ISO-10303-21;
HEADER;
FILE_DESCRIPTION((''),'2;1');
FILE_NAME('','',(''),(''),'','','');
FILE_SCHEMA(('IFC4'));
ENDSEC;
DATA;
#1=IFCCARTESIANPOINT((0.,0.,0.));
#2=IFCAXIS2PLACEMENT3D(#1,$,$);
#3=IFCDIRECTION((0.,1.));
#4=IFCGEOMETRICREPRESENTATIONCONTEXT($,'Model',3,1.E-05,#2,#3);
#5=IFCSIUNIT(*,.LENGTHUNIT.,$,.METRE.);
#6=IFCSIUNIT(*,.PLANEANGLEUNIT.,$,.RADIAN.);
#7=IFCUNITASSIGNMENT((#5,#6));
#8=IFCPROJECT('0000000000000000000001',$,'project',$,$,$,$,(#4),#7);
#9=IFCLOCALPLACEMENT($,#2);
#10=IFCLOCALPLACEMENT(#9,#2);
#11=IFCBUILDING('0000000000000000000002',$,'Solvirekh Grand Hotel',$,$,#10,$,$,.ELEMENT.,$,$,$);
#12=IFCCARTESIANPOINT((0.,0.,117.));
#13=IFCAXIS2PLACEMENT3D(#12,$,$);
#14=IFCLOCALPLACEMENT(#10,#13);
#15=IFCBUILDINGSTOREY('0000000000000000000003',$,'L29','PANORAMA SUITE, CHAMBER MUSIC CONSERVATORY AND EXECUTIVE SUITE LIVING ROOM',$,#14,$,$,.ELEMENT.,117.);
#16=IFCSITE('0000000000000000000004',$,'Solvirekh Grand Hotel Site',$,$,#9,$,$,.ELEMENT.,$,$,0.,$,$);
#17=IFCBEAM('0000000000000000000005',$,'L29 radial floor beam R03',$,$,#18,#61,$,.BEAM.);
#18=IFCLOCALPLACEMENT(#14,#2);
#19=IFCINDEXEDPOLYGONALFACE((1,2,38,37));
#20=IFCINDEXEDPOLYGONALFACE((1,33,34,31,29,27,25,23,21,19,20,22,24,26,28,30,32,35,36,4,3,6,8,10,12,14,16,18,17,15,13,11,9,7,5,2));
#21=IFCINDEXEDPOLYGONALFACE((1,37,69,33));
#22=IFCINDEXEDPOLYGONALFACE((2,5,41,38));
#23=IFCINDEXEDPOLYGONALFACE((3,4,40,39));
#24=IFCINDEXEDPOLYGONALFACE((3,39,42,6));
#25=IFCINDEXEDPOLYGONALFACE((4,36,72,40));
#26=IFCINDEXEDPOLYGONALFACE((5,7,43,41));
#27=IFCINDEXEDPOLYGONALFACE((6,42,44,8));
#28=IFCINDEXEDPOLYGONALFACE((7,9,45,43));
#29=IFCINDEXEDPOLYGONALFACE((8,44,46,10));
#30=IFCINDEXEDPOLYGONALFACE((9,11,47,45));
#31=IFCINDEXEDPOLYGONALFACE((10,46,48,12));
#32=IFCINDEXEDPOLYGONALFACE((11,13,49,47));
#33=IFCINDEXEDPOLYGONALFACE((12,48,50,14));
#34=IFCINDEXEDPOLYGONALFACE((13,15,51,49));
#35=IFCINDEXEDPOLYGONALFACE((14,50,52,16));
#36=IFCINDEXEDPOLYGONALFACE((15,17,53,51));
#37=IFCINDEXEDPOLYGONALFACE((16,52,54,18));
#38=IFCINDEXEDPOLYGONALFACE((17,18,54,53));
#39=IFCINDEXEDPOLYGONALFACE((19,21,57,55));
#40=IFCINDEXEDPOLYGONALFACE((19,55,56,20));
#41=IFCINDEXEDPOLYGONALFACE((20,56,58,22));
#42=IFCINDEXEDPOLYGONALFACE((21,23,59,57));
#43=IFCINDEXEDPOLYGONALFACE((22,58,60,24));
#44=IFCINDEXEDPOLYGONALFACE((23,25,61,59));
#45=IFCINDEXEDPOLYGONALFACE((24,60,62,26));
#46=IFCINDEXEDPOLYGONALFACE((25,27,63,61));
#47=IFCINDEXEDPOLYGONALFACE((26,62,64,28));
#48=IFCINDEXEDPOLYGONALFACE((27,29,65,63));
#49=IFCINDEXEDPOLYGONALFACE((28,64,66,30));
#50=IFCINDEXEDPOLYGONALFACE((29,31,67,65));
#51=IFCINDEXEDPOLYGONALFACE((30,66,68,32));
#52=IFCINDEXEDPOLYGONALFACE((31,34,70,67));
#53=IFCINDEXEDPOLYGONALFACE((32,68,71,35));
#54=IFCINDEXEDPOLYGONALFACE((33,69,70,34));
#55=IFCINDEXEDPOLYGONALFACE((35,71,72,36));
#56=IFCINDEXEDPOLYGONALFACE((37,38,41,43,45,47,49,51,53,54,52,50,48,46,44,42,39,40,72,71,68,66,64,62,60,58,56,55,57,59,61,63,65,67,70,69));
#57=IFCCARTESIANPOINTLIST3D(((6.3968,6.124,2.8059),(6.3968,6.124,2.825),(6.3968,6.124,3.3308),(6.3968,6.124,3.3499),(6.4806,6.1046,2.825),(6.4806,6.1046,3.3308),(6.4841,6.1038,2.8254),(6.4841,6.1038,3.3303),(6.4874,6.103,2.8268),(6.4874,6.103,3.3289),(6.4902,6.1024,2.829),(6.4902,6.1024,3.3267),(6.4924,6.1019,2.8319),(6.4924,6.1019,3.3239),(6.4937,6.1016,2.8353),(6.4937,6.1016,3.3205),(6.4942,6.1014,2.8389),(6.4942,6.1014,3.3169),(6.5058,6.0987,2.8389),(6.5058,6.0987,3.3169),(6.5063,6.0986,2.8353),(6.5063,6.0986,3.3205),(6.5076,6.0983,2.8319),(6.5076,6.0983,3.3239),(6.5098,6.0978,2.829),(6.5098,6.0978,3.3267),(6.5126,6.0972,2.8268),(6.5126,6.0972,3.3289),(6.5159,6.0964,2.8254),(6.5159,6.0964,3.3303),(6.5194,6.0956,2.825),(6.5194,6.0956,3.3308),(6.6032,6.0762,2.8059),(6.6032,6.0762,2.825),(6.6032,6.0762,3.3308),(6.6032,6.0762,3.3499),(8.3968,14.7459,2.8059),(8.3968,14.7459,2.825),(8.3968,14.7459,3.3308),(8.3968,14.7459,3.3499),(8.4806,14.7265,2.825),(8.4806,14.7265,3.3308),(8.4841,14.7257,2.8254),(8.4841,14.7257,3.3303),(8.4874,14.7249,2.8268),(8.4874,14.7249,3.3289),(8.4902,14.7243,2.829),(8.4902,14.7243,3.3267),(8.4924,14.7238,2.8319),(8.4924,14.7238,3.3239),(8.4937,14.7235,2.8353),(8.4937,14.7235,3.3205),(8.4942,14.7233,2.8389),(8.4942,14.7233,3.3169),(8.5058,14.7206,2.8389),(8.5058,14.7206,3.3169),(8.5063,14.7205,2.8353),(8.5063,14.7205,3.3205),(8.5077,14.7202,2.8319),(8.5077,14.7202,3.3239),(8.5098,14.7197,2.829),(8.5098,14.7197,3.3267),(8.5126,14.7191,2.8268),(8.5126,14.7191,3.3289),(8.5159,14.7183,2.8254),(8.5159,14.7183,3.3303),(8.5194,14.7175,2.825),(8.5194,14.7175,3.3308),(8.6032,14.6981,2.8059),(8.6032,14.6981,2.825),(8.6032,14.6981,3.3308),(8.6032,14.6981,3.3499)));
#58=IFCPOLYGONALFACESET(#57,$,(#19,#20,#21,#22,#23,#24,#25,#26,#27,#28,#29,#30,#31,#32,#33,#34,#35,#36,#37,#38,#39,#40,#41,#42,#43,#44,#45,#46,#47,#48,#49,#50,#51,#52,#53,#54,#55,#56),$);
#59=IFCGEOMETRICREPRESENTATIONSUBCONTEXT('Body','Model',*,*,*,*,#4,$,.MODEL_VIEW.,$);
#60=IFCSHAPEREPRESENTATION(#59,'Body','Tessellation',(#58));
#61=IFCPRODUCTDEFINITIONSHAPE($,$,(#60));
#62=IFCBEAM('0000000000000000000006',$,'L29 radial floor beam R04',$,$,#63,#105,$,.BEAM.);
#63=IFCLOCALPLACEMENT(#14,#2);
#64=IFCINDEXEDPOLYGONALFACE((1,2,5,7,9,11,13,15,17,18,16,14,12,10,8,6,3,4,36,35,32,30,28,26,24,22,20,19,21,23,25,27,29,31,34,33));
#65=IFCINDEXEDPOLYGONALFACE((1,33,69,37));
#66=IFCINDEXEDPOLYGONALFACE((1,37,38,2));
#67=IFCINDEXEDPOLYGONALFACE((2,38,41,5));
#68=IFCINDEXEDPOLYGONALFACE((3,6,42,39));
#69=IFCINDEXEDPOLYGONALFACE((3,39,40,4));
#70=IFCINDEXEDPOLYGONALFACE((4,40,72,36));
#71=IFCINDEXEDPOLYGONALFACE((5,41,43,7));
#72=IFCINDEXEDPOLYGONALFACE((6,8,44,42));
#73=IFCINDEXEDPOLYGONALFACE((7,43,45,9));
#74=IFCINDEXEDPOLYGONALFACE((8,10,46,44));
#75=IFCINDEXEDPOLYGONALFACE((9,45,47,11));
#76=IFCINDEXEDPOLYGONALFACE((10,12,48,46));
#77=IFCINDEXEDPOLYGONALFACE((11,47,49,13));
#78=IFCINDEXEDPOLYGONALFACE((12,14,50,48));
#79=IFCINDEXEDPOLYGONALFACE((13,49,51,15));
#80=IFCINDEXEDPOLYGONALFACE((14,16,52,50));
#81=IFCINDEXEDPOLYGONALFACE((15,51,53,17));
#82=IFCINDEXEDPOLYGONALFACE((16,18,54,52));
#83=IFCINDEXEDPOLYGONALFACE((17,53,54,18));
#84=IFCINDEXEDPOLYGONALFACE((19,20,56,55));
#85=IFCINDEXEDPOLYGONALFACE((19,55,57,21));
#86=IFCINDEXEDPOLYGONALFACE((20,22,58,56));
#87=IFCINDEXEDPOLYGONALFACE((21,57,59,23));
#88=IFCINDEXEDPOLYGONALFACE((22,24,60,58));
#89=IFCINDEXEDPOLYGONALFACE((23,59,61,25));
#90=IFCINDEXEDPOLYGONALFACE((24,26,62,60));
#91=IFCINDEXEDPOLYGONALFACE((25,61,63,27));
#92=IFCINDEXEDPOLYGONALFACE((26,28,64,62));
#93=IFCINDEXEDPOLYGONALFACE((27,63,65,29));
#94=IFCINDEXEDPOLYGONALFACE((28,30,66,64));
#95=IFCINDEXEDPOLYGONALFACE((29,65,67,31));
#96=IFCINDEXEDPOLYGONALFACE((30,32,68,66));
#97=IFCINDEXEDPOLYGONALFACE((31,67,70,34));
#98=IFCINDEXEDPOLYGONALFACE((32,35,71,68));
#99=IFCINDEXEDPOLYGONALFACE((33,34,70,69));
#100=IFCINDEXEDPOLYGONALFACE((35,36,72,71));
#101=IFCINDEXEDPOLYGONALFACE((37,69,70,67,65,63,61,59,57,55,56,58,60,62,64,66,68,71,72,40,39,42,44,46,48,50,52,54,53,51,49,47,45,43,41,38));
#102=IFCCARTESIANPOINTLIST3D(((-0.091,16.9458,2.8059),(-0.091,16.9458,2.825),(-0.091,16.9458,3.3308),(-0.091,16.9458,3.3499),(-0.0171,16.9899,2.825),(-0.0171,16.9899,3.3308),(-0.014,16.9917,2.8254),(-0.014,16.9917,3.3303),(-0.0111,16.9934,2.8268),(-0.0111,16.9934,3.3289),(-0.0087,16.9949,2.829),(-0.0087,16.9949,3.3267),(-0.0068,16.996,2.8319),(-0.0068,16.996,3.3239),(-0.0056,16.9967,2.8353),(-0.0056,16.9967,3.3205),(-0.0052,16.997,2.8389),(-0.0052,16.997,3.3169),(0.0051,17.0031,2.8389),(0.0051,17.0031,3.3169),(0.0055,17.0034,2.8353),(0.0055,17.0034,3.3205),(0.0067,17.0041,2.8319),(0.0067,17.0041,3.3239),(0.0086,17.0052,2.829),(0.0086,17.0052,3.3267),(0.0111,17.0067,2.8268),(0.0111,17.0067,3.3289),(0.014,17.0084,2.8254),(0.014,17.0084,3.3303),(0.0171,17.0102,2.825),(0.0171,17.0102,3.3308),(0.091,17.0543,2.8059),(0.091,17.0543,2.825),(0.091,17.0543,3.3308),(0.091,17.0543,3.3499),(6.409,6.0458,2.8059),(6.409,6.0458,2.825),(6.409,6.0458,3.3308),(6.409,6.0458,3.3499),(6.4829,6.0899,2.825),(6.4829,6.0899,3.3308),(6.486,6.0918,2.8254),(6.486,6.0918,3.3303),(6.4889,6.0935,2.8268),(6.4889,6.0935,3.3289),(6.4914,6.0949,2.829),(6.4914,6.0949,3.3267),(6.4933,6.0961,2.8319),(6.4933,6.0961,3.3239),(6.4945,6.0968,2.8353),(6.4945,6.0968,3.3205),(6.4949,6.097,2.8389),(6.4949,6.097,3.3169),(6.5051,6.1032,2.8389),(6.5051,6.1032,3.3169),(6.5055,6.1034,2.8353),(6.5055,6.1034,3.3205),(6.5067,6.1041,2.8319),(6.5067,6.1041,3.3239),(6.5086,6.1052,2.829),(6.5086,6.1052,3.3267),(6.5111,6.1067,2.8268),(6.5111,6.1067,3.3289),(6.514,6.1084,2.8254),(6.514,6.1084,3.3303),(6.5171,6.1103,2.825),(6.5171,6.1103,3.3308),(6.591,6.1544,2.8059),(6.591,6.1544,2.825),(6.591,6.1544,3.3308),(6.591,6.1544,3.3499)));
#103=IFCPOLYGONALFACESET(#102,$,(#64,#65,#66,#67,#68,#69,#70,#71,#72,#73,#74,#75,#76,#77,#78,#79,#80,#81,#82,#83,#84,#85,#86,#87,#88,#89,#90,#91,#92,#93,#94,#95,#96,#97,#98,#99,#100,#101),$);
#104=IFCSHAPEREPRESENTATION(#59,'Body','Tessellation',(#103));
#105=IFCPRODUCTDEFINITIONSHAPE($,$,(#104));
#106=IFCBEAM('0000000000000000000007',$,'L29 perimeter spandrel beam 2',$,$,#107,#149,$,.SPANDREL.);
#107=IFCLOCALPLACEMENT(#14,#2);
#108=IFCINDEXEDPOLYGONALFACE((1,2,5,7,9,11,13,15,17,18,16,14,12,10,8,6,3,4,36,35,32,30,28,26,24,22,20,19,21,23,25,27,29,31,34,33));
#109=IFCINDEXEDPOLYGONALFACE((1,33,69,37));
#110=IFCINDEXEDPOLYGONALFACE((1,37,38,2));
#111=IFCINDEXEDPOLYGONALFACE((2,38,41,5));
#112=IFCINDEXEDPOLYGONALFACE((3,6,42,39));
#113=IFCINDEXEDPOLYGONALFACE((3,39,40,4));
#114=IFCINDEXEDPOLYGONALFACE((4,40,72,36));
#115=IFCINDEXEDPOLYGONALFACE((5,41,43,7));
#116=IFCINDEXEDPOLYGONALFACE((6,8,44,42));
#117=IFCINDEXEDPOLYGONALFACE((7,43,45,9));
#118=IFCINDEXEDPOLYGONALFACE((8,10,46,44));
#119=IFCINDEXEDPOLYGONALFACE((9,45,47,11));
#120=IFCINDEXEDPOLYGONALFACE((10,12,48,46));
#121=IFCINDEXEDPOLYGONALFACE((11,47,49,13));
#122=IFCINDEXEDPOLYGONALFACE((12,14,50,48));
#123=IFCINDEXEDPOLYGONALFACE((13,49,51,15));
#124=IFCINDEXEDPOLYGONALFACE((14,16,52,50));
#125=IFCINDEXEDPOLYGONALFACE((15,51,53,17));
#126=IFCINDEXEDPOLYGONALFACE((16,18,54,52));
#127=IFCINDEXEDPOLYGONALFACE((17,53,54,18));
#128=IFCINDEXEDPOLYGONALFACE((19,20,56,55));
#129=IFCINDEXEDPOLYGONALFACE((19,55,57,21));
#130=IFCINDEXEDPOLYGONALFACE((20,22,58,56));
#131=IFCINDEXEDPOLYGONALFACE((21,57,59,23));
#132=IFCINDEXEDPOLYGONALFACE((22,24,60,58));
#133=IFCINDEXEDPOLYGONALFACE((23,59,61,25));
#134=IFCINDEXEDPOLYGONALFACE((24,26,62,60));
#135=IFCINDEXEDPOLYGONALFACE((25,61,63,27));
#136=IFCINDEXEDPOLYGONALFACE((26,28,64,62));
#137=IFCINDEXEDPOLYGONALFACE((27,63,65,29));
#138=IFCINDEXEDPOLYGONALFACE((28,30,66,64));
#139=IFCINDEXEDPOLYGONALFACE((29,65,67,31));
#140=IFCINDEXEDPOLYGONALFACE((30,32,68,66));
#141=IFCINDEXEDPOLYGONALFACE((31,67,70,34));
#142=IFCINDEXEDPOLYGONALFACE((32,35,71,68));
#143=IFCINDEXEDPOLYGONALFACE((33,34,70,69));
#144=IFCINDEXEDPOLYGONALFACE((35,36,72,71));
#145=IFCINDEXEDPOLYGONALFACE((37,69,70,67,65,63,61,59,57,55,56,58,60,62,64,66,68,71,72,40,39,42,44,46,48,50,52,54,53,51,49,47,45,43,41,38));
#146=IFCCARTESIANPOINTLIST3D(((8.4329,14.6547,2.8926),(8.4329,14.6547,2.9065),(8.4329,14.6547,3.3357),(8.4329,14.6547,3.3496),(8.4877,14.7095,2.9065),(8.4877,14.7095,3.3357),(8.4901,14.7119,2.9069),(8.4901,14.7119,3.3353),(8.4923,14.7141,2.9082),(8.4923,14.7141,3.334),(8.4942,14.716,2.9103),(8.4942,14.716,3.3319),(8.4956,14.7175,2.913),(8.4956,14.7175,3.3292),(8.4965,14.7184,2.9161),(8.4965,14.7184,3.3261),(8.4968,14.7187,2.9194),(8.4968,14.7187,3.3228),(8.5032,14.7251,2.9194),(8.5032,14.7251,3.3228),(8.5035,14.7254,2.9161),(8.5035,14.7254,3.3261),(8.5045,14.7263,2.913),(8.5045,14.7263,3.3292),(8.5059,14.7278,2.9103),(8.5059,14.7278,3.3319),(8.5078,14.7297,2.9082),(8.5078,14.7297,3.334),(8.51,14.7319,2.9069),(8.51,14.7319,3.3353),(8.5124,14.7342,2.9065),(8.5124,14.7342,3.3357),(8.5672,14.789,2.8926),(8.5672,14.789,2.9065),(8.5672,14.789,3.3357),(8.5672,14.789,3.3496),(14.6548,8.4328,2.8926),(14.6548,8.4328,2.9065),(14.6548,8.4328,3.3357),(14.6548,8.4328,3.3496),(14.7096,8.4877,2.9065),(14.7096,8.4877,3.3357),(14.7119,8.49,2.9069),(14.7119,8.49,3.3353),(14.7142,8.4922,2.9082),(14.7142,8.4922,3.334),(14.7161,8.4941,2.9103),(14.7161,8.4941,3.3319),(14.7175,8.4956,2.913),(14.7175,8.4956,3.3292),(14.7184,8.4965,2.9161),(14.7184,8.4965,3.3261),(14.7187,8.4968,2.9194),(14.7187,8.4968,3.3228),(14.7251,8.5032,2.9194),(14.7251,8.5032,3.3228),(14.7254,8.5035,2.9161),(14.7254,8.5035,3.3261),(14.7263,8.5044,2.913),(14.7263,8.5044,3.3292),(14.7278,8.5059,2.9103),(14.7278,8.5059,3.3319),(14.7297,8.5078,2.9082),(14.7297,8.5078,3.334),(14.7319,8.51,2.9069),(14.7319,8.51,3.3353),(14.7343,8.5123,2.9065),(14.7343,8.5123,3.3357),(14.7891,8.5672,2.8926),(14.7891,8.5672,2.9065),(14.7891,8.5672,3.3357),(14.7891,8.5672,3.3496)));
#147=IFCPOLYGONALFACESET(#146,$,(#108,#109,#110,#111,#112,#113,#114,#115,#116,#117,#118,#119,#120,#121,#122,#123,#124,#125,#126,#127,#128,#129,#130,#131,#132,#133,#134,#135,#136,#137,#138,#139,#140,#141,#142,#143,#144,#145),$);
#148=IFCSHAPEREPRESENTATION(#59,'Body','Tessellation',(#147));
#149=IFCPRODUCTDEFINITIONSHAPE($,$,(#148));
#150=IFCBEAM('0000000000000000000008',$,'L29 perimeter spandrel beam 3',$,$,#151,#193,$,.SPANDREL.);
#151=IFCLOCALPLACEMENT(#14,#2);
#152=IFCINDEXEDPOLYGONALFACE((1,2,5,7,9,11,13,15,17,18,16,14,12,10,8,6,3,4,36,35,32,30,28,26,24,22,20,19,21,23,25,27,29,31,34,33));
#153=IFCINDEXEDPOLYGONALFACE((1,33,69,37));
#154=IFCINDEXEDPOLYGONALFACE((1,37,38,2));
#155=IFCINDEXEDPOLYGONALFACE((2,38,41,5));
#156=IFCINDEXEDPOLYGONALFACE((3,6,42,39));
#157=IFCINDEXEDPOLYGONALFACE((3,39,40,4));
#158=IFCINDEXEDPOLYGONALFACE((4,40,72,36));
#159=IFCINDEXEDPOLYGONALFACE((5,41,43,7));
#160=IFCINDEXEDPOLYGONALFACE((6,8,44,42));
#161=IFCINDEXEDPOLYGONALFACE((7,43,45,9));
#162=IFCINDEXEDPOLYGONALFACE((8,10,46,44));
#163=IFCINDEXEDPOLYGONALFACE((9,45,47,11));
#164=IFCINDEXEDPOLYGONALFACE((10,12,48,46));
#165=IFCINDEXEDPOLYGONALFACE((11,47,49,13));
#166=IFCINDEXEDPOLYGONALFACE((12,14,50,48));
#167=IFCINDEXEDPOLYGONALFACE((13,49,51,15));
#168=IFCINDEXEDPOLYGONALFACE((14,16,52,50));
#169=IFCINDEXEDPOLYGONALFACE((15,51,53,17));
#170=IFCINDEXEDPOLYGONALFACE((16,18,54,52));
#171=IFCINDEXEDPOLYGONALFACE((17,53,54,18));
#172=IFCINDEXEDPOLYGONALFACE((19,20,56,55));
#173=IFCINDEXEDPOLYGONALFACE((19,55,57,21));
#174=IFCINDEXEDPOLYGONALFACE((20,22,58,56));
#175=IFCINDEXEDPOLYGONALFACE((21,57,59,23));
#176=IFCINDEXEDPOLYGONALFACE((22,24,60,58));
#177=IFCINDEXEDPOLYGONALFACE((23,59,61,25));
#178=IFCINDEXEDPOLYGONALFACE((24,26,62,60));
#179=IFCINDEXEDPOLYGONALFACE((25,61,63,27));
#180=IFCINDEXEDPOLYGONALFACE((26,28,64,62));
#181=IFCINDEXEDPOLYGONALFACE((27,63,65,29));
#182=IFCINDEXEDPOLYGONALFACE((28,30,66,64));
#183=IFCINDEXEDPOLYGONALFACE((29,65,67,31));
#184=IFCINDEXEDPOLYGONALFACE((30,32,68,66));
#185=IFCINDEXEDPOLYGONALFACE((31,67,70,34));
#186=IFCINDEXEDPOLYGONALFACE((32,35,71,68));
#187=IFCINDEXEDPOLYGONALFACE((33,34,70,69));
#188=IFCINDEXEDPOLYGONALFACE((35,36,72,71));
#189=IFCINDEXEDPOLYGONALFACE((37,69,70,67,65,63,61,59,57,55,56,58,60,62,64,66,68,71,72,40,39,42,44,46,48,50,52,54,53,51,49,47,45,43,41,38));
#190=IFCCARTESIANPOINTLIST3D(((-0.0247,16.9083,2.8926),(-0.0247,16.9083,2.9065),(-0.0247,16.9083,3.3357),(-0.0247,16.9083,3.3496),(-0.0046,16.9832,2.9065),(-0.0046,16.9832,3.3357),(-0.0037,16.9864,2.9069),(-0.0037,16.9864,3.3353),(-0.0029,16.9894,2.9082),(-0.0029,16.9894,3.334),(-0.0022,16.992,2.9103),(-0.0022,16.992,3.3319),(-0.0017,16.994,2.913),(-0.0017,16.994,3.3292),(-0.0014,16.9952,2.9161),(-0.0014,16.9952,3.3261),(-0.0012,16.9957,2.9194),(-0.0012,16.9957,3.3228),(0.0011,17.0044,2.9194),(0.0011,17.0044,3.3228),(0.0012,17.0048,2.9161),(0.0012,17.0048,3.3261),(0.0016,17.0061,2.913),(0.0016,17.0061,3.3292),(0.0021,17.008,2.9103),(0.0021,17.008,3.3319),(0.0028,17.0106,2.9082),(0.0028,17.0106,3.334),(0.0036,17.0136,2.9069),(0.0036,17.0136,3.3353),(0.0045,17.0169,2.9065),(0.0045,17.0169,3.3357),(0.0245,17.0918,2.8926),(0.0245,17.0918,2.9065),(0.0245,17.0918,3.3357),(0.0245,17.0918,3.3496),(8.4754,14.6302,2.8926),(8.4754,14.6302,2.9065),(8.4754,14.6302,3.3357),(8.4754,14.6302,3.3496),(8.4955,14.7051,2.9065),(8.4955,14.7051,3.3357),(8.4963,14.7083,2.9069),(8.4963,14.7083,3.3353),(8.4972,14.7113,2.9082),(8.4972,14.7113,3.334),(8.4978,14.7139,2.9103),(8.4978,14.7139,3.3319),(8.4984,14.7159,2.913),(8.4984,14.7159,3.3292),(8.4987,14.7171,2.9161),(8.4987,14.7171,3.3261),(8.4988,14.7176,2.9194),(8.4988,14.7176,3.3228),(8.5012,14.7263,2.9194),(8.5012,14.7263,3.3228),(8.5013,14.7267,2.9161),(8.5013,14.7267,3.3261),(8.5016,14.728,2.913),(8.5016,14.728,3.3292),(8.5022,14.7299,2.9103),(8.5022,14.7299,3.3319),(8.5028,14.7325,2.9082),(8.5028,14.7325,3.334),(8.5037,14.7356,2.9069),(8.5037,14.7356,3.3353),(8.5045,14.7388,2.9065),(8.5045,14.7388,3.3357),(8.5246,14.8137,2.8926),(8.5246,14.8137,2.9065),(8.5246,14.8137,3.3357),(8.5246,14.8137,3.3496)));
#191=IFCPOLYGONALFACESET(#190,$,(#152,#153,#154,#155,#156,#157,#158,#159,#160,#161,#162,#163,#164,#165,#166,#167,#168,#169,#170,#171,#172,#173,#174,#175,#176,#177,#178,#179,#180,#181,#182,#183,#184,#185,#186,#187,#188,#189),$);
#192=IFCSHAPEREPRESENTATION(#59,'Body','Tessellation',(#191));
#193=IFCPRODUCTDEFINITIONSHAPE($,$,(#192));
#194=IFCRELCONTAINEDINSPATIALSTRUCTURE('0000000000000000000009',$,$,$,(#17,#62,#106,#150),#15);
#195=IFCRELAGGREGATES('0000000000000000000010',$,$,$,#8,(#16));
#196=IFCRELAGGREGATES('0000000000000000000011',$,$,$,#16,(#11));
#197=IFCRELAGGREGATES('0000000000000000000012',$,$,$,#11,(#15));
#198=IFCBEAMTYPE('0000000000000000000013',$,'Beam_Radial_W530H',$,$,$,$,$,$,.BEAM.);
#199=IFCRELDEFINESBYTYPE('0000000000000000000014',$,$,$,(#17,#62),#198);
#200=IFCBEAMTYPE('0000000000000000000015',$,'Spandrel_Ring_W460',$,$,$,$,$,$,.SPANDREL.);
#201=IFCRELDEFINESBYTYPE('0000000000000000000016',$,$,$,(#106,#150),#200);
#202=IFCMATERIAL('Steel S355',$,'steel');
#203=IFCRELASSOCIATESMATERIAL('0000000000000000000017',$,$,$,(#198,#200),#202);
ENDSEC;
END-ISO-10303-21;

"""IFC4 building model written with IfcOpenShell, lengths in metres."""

from ifc_helpers import new_model, si_unit, direction, frame, origin, origin_2d, place, context, subcontext, project, spatial, i_section, extrude, material, material_profile, profile_set, type_object, element, save


model = new_model("IFC4")

# Units and contexts
model_context = context("Model", 3, precision=1e-05, world=origin(), true_north=direction((0.0, 1.0)))
body_context = subcontext(model_context, "Body", "Model", "MODEL_VIEW")
ifc_project = project(units=[si_unit("LENGTHUNIT", "METRE"), si_unit("PLANEANGLEUNIT", "RADIAN")], contexts=[model_context])

# Site, building, storey
site_placement = place(None, origin())
site = spatial("IfcSite", under=ifc_project, at=site_placement, Name="Solvirekh Grand Hotel Site", CompositionType="ELEMENT", RefElevation=0.0)
building_placement = place(site_placement, origin())
building = spatial("IfcBuilding", under=site, at=building_placement, Name="Solvirekh Grand Hotel", CompositionType="ELEMENT")
storey_placement = place(building_placement, frame((0.0, 0.0, 117.0)))
storey = spatial("IfcBuildingStorey", under=building, at=storey_placement, Name="L29", Description="PANORAMA SUITE, CHAMBER MUSIC CONSERVATORY AND EXECUTIVE SUITE LIVING ROOM", CompositionType="ELEMENT", Elevation=117.0)

# Beams
ifc_material_1 = material(Name="Steel S355", Category="steel")
ifc_material_profile_1 = material_profile(ifc_material_1, i_section(OverallWidth=0.2119, OverallDepth=0.5439, WebThickness=0.012, FlangeThickness=0.019, FilletRadius=0.0139, at=origin_2d()), Name="W530X123")
ifc_profile_set_1 = profile_set([ifc_material_profile_1], Name="Steel S355")
beam_type_1 = type_object("IfcBeamType", Name="Beam_Radial_W530H", PredefinedType="BEAM", material=ifc_profile_set_1)
beam_1_placement = place(storey_placement, frame((6.5, 6.1001, 3.0779), z_axis=(0.225969, 0.974134, 0.0), x_axis=(-0.974134, 0.225969, 0.0)))
element("IfcBeam", 1, at=beam_1_placement, inside=storey, type_object=beam_type_1, Name="L29 radial floor beam R03", PredefinedType="BEAM", context=body_context, shape_type="SweptSolid", body=[
    extrude(i_section(OverallWidth=0.2119, OverallDepth=0.5439, WebThickness=0.012, FlangeThickness=0.019, FilletRadius=0.0139, at=origin_2d()), origin(), (0.0, 0.0, 1.0), 8.8508),
])
beam_2_placement = place(storey_placement, frame((6.5, 6.1001, 3.0779), z_axis=(-0.51218, 0.858878, 0.0), x_axis=(-0.858878, -0.51218, 0.0)))
element("IfcBeam", 2, at=beam_2_placement, inside=storey, type_object=beam_type_1, Name="L29 radial floor beam R04", PredefinedType="BEAM", context=body_context, shape_type="SweptSolid", body=[
    extrude(i_section(OverallWidth=0.2119, OverallDepth=0.5439, WebThickness=0.012, FlangeThickness=0.019, FilletRadius=0.0139, at=origin_2d()), origin(), (0.0, 0.0, 1.0), 12.6909),
])
ifc_material_profile_2 = material_profile(ifc_material_1, i_section(OverallWidth=0.1899, OverallDepth=0.457, WebThickness=0.009, FlangeThickness=0.0139, FilletRadius=0.0129, at=origin_2d()), Name="W460X74")
ifc_profile_set_2 = profile_set([ifc_material_profile_2], Name="Steel S355")
beam_type_2 = type_object("IfcBeamType", Name="Spandrel_Ring_W460", PredefinedType="SPANDREL", material=ifc_profile_set_2)
beam_3_placement = place(storey_placement, frame((14.7219, 8.5, 3.1211), z_axis=(-0.707107, 0.707107, 0.0), x_axis=(-0.707107, -0.707107, 0.0)))
element("IfcBeam", 3, at=beam_3_placement, inside=storey, type_object=beam_type_2, Name="L29 perimeter spandrel beam 2", PredefinedType="SPANDREL", context=body_context, shape_type="SweptSolid", body=[
    extrude(i_section(OverallWidth=0.1899, OverallDepth=0.457, WebThickness=0.009, FlangeThickness=0.0139, FilletRadius=0.0129, at=origin_2d()), origin(), (0.0, 0.0, 1.0), 8.7991),
])
beam_4_placement = place(storey_placement, frame((8.5, 14.7219, 3.1211), z_axis=(-0.965911, 0.258873, 0.0), x_axis=(-0.258873, -0.965911, 0.0)))
element("IfcBeam", 4, at=beam_4_placement, inside=storey, type_object=beam_type_2, Name="L29 perimeter spandrel beam 3", PredefinedType="SPANDREL", context=body_context, shape_type="SweptSolid", body=[
    extrude(i_section(OverallWidth=0.1899, OverallDepth=0.457, WebThickness=0.009, FlangeThickness=0.0139, FilletRadius=0.0129, at=origin_2d()), origin(), (0.0, 0.0, 1.0), 8.8),
])

save(model, "model.ifc")
